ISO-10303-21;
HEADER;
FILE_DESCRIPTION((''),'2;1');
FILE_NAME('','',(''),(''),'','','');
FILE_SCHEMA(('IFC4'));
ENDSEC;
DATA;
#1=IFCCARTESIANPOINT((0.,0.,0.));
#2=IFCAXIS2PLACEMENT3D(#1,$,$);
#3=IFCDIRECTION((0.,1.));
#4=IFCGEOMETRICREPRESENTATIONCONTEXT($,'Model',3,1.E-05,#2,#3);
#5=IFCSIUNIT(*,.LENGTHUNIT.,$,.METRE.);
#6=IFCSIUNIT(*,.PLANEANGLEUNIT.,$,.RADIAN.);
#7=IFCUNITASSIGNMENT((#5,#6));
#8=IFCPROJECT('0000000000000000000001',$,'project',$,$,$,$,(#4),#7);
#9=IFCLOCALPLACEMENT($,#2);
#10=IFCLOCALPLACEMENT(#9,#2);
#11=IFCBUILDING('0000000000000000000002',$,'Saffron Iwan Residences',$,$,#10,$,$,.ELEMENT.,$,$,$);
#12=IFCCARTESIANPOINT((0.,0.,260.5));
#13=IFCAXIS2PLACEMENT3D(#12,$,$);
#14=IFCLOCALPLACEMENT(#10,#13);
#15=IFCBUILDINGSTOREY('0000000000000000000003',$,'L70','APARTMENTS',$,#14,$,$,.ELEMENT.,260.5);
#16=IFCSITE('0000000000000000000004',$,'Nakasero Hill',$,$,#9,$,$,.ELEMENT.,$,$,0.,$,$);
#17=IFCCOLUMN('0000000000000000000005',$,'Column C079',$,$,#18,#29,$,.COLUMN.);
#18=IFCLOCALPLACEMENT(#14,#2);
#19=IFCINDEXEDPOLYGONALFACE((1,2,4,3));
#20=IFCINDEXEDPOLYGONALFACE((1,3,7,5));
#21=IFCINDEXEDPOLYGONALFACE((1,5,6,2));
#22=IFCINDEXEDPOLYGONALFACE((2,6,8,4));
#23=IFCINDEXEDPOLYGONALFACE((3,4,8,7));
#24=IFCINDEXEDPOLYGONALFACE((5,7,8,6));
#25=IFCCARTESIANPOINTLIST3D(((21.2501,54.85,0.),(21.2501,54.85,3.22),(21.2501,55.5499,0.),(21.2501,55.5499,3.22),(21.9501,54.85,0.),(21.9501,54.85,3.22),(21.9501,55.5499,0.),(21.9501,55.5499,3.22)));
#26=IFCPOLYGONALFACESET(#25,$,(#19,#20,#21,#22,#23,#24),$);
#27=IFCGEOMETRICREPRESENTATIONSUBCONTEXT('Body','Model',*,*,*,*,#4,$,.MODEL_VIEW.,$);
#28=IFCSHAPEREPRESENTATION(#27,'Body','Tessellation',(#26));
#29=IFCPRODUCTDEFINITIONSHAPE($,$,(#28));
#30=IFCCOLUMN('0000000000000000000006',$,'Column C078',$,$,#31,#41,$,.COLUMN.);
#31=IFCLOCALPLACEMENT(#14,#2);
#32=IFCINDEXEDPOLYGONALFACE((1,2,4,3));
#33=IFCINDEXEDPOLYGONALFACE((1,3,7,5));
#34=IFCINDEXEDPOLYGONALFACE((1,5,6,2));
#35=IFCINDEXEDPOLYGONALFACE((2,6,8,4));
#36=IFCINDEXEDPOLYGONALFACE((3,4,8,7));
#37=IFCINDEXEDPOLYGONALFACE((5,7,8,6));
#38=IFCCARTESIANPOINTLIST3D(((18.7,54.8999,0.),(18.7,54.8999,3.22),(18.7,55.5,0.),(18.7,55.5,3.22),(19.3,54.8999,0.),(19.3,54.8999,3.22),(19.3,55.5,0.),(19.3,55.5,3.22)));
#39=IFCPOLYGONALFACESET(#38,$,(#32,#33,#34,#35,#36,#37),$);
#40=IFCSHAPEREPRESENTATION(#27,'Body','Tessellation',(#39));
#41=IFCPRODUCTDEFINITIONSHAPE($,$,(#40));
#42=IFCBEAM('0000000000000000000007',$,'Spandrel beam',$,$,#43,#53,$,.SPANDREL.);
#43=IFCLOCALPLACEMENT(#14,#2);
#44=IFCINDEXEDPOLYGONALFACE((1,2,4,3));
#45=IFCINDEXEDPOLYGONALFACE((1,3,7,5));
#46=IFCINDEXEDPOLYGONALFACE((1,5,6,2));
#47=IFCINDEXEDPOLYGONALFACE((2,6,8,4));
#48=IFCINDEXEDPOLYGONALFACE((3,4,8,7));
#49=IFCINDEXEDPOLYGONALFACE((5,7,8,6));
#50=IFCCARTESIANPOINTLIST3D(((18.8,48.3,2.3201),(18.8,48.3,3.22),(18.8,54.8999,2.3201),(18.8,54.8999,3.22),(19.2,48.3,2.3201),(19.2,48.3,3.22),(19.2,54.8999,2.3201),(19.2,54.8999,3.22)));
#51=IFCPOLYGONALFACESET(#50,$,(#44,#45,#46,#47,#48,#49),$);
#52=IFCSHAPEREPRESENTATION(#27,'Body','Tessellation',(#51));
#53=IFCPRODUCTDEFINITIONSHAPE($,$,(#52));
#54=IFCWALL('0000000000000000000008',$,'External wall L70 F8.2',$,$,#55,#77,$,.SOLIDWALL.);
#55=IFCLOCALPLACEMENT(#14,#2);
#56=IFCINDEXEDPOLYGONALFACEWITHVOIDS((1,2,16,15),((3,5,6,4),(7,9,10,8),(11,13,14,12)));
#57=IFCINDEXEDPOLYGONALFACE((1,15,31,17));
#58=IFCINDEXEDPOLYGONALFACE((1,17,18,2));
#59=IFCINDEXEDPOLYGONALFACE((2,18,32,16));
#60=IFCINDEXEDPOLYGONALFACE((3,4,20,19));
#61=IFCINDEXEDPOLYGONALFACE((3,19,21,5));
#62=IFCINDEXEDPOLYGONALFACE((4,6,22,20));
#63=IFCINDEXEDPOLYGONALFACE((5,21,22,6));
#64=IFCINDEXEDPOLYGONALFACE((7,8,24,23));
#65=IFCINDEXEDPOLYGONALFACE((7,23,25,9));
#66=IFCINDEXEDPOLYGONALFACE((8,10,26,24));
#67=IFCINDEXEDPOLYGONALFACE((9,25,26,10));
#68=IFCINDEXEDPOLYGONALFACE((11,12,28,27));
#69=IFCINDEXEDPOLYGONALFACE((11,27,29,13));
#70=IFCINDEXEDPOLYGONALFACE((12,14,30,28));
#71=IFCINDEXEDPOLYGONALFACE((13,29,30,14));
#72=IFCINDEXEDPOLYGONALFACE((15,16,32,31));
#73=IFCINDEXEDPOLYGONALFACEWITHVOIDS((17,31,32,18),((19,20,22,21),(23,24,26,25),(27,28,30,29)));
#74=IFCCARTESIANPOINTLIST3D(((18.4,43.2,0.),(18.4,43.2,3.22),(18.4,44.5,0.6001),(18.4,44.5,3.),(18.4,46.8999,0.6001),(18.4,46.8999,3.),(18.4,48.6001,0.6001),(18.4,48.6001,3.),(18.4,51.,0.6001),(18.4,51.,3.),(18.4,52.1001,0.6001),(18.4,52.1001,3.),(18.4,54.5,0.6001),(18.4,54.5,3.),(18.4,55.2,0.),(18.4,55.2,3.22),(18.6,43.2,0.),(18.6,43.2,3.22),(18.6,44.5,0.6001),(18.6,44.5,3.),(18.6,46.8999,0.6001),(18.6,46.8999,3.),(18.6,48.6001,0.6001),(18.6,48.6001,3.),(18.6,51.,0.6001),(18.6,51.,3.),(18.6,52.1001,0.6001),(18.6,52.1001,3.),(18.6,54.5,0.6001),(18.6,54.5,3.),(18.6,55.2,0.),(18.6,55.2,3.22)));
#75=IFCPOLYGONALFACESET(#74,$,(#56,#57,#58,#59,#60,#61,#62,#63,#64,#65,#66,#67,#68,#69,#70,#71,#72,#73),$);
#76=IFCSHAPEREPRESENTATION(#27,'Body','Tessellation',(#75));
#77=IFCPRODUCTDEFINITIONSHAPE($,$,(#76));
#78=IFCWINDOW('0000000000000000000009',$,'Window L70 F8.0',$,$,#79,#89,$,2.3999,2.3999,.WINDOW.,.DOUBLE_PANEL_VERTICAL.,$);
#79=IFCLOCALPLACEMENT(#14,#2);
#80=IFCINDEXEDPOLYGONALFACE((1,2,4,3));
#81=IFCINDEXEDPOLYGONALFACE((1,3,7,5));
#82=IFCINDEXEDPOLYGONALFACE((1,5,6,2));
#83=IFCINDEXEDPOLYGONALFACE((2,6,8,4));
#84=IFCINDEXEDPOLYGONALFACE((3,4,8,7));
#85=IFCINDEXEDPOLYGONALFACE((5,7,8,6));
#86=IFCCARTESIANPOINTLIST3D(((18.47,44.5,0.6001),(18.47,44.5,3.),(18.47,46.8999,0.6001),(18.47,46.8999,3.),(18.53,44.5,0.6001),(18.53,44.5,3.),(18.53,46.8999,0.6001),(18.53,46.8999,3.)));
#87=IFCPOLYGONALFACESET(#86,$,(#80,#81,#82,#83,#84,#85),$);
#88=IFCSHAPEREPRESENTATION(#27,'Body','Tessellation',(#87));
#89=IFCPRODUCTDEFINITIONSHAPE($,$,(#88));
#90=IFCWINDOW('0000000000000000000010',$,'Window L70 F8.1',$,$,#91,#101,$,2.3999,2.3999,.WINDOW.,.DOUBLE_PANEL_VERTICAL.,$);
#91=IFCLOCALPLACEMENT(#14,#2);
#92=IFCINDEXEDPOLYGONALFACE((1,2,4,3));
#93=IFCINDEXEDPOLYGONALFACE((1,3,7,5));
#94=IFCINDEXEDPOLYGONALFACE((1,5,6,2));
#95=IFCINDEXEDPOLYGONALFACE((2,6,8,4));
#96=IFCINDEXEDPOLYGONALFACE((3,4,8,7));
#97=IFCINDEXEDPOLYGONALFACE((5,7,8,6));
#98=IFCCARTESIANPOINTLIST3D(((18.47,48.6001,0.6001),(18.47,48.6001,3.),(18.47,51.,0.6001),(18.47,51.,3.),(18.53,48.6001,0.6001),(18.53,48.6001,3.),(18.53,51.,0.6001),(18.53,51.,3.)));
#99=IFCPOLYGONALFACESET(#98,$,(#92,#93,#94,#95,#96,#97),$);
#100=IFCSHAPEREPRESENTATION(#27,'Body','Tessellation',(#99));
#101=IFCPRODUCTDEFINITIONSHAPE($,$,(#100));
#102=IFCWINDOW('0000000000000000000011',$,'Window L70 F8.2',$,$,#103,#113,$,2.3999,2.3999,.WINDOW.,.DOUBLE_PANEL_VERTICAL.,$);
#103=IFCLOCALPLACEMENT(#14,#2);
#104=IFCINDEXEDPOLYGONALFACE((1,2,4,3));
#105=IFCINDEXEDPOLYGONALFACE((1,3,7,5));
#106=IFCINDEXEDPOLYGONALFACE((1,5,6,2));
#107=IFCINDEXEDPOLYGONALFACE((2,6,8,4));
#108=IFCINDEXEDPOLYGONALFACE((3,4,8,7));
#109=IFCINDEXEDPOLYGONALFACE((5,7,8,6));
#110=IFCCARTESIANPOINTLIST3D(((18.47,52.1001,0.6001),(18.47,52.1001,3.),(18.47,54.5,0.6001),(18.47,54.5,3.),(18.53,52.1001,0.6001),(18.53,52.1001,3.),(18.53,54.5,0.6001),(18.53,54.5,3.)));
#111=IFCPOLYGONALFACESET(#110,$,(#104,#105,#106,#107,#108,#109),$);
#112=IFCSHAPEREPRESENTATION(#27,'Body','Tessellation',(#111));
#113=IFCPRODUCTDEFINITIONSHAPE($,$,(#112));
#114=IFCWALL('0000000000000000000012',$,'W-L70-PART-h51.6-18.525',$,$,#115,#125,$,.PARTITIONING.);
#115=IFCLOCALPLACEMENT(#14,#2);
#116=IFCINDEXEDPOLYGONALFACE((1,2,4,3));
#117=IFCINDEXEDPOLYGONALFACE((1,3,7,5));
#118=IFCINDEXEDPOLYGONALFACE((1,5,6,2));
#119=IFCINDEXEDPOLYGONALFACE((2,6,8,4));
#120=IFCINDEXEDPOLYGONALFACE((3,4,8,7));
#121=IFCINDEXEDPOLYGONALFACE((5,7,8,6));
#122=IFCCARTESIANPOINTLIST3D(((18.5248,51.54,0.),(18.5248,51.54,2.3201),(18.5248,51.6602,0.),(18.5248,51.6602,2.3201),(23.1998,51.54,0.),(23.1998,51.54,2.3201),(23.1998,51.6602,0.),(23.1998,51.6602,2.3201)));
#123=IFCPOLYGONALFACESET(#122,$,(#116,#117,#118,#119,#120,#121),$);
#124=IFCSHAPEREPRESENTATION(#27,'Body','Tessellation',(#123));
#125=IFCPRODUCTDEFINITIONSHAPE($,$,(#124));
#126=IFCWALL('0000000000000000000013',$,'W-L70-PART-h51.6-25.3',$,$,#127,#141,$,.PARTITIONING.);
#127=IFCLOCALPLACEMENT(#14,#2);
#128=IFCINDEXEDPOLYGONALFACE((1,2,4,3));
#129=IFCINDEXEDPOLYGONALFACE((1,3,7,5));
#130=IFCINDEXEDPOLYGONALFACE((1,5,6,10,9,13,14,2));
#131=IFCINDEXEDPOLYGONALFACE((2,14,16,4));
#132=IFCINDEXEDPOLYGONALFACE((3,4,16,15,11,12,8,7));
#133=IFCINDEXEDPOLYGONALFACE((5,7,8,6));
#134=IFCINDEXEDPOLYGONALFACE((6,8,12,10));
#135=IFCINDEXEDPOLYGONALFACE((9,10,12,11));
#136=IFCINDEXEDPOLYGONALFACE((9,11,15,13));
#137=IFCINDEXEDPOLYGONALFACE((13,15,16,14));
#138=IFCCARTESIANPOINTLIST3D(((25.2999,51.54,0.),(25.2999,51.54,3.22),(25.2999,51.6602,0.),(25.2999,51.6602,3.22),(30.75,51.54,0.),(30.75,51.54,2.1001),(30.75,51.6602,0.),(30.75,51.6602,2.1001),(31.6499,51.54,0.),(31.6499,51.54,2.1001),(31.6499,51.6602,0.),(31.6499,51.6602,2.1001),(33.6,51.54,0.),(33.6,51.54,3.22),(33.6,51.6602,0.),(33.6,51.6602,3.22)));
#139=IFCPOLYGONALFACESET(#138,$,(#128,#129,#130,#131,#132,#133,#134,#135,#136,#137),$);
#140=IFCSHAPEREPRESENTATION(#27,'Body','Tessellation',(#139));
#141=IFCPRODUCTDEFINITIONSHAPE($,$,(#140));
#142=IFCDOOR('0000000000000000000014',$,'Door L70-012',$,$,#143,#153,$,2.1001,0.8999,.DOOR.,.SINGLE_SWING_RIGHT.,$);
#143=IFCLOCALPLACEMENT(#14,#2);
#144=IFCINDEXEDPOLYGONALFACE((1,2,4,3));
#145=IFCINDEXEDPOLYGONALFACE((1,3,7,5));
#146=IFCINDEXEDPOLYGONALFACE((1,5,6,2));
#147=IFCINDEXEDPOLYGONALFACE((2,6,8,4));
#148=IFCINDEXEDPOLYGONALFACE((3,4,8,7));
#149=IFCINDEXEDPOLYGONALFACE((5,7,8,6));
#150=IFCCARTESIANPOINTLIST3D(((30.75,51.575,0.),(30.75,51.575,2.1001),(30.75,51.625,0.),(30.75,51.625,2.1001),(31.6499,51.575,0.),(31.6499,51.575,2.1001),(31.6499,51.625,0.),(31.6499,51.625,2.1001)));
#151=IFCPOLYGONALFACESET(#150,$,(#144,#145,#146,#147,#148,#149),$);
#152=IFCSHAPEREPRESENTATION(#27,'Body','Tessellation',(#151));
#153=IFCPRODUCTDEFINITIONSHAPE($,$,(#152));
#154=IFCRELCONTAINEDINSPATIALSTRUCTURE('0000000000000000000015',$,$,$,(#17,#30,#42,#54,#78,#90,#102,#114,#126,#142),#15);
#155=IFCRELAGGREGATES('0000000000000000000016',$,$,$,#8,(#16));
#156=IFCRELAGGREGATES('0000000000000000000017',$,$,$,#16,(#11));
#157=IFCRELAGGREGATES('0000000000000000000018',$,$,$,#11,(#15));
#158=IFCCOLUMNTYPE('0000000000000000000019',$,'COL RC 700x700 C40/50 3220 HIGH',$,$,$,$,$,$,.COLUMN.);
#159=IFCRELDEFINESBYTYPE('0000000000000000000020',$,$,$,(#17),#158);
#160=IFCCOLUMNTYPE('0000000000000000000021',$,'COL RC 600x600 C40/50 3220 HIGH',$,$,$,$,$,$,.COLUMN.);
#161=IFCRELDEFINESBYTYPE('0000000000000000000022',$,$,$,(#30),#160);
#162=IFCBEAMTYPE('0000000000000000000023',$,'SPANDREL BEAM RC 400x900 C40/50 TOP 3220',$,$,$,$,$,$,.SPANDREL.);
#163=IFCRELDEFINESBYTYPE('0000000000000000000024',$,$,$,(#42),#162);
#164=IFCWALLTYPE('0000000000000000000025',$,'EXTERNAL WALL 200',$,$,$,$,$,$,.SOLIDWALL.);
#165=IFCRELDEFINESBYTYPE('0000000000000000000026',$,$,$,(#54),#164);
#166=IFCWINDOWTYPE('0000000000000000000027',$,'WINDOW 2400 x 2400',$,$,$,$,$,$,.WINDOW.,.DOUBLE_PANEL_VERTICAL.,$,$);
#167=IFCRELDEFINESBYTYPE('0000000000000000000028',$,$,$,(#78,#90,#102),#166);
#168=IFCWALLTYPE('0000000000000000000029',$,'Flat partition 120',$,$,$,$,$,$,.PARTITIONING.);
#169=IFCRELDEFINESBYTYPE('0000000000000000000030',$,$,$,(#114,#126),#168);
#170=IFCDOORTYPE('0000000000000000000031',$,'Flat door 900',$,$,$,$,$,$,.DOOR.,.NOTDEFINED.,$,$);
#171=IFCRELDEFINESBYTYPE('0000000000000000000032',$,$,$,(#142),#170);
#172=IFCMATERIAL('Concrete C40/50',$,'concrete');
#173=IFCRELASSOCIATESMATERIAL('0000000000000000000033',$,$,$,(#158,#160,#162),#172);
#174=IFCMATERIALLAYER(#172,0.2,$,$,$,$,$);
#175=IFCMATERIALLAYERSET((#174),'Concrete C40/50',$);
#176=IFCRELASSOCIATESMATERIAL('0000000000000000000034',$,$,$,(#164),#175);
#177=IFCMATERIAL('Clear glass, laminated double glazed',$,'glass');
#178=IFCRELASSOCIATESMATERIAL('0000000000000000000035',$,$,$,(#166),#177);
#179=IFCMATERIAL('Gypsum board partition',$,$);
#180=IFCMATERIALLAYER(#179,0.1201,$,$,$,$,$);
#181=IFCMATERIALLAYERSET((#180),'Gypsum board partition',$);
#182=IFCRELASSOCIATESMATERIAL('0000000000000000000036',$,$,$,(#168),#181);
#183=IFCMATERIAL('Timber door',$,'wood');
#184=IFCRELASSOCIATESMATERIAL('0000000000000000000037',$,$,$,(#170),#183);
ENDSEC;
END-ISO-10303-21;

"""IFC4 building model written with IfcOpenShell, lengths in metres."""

from ifc_helpers import new_model, si_unit, direction, frame, frame_2d, origin, origin_2d, place, context, subcontext, project, spatial, rectangle, extrude, source, transform, mapped, material, layer, layer_set, material_profile, profile_set, type_object, element, fill, save


model = new_model("IFC4")

# Units and contexts
model_context = context("Model", 3, precision=1e-05, world=origin(), true_north=direction((0.0, 1.0)))
body_context = subcontext(model_context, "Body", "Model", "MODEL_VIEW")
ifc_project = project(units=[si_unit("LENGTHUNIT", "METRE"), si_unit("PLANEANGLEUNIT", "RADIAN")], contexts=[model_context])

# Site, building, storey
site_placement = place(None, origin())
site = spatial("IfcSite", under=ifc_project, at=site_placement, Name="Nakasero Hill", CompositionType="ELEMENT", RefElevation=0.0)
building_placement = place(site_placement, origin())
building = spatial("IfcBuilding", under=site, at=building_placement, Name="Saffron Iwan Residences", CompositionType="ELEMENT")
storey_placement = place(building_placement, frame((0.0, 0.0, 260.5)))
storey = spatial("IfcBuildingStorey", under=building, at=storey_placement, Name="L70", Description="APARTMENTS", CompositionType="ELEMENT", Elevation=260.5)

# Columns
ifc_material_1 = material(Name="Concrete C40/50", Category="concrete")
ifc_material_profile_1 = material_profile(ifc_material_1, rectangle(XDim=0.7, YDim=0.7, at=origin_2d()), Name="RC 700x700")
ifc_profile_set_1 = profile_set([ifc_material_profile_1], Name="Concrete C40/50")
column_type_1 = type_object("IfcColumnType", Name="COL RC 700x700 C40/50 3220 HIGH", PredefinedType="COLUMN", material=ifc_profile_set_1)
shared_shape_1 = source(origin(), body_context, "Body", "SweptSolid", [
    extrude(rectangle(XDim=0.7, YDim=0.7, at=origin_2d()), origin(), (0.0, 0.0, 1.0), 3.22),
])
column_1_placement = place(storey_placement, frame((21.6001, 55.2, 0.0), z_axis=(0.0, 0.0, 1.0), x_axis=(1.0, 0.0, 0.0)))
element("IfcColumn", 1, at=column_1_placement, inside=storey, type_object=column_type_1, Name="Column C079", PredefinedType="COLUMN", context=body_context, shape_type="MappedRepresentation", body=[
    mapped(shared_shape_1, transform((0.0, 0.0, 0.0))),
])
ifc_material_profile_2 = material_profile(ifc_material_1, rectangle(XDim=0.6001, YDim=0.6001, at=origin_2d()), Name="RC 600x600")
ifc_profile_set_2 = profile_set([ifc_material_profile_2], Name="Concrete C40/50")
column_type_2 = type_object("IfcColumnType", Name="COL RC 600x600 C40/50 3220 HIGH", PredefinedType="COLUMN", material=ifc_profile_set_2)
shared_shape_2 = source(origin(), body_context, "Body", "SweptSolid", [
    extrude(rectangle(XDim=0.6001, YDim=0.6001, at=origin_2d()), origin(), (0.0, 0.0, 1.0), 3.22),
])
column_2_placement = place(storey_placement, frame((19.0, 55.2, 0.0), z_axis=(0.0, 0.0, 1.0), x_axis=(1.0, 0.0, 0.0)))
element("IfcColumn", 2, at=column_2_placement, inside=storey, type_object=column_type_2, Name="Column C078", PredefinedType="COLUMN", context=body_context, shape_type="MappedRepresentation", body=[
    mapped(shared_shape_2, transform((0.0, 0.0, 0.0))),
])

# Beam
ifc_material_profile_3 = material_profile(ifc_material_1, rectangle(XDim=0.3999, YDim=0.8999, at=origin_2d()), Name="RC 400x900")
ifc_profile_set_3 = profile_set([ifc_material_profile_3], Name="Concrete C40/50")
beam_type = type_object("IfcBeamType", Name="SPANDREL BEAM RC 400x900 C40/50 TOP 3220", PredefinedType="SPANDREL", material=ifc_profile_set_3)
shared_shape_3 = source(origin(), body_context, "Body", "SweptSolid", [
    extrude(rectangle(XDim=0.3999, YDim=0.8999, at=origin_2d()), origin(), (0.0, 0.0, 1.0), 6.5999),
])
beam_placement = place(storey_placement, frame((19.0, 48.3, 2.77), z_axis=(0.0, 1.0, 0.0), x_axis=(-1.0, 0.0, 0.0)))
element("IfcBeam", 3, at=beam_placement, inside=storey, type_object=beam_type, Name="Spandrel beam", PredefinedType="SPANDREL", context=body_context, shape_type="MappedRepresentation", body=[
    mapped(shared_shape_3, transform((0.0, 0.0, 0.0))),
])

# Wall, openings, windows
ifc_layer_1 = layer(ifc_material_1, 0.2)
ifc_layer_set_1 = layer_set([ifc_layer_1], Name="Concrete C40/50")
wall_type_1 = type_object("IfcWallType", Name="EXTERNAL WALL 200", PredefinedType="SOLIDWALL", material=ifc_layer_set_1)
wall_1_placement = place(storey_placement, frame((18.5, 55.2, 0.0), z_axis=(0.0, 0.0, 1.0), x_axis=(0.0, -1.0, 0.0)))
wall_1 = element("IfcWall", 4, at=wall_1_placement, inside=storey, type_object=wall_type_1, Name="External wall L70 F8.2", PredefinedType="SOLIDWALL", context=body_context, shape_type="SweptSolid", body=[
    extrude(rectangle(XDim=12.0, YDim=0.2, at=frame_2d((6.0, 0.0))), origin(), (0.0, 0.0, 1.0), 3.22),
])
opening_1_placement = place(wall_1_placement, frame((8.3, 0.0, 0.6001)))
opening_1 = element("IfcOpeningElement", 5, at=opening_1_placement, cuts=wall_1, PredefinedType="OPENING", context=body_context, shape_type="SweptSolid", body=[
    extrude(rectangle(XDim=2.3999, YDim=2.3999, at=frame_2d((1.2, 1.2))), frame((0.0, 0.1099, 0.0), z_axis=(0.0, -1.0, 0.0), x_axis=(1.0, 0.0, 0.0)), (0.0, 0.0, 1.0), 0.22),
])
opening_2_placement = place(wall_1_placement, frame((4.2, 0.0, 0.6001)))
opening_2 = element("IfcOpeningElement", 6, at=opening_2_placement, cuts=wall_1, PredefinedType="OPENING", context=body_context, shape_type="SweptSolid", body=[
    extrude(rectangle(XDim=2.3999, YDim=2.3999, at=frame_2d((1.2, 1.2))), frame((0.0, 0.1099, 0.0), z_axis=(0.0, -1.0, 0.0), x_axis=(1.0, 0.0, 0.0)), (0.0, 0.0, 1.0), 0.22),
])
opening_3_placement = place(wall_1_placement, frame((0.7, 0.0, 0.6001)))
opening_3 = element("IfcOpeningElement", 7, at=opening_3_placement, cuts=wall_1, PredefinedType="OPENING", context=body_context, shape_type="SweptSolid", body=[
    extrude(rectangle(XDim=2.3999, YDim=2.3999, at=frame_2d((1.2, 1.2))), frame((0.0, 0.1099, 0.0), z_axis=(0.0, -1.0, 0.0), x_axis=(1.0, 0.0, 0.0)), (0.0, 0.0, 1.0), 0.22),
])
ifc_material_2 = material(Name="Clear glass, laminated double glazed", Category="glass")
window_type = type_object("IfcWindowType", Name="WINDOW 2400 x 2400", PartitioningType="DOUBLE_PANEL_VERTICAL", PredefinedType="WINDOW", material=ifc_material_2)
window_1_placement = place(opening_1_placement, origin())
window_1 = element("IfcWindow", 8, at=window_1_placement, inside=storey, type_object=window_type, Name="Window L70 F8.0", OverallHeight=2.3999, OverallWidth=2.3999, PartitioningType="DOUBLE_PANEL_VERTICAL", PredefinedType="WINDOW", context=body_context, shape_type="SweptSolid", body=[
    extrude(rectangle(XDim=2.3999, YDim=2.3999, at=frame_2d((1.2, 1.2))), frame((0.0, 0.03, 0.0), z_axis=(0.0, -1.0, 0.0), x_axis=(1.0, 0.0, 0.0)), (0.0, 0.0, 1.0), 0.0601),
])
fill(opening_1, window_1)
window_2_placement = place(opening_2_placement, origin())
window_2 = element("IfcWindow", 9, at=window_2_placement, inside=storey, type_object=window_type, Name="Window L70 F8.1", OverallHeight=2.3999, OverallWidth=2.3999, PartitioningType="DOUBLE_PANEL_VERTICAL", PredefinedType="WINDOW", context=body_context, shape_type="SweptSolid", body=[
    extrude(rectangle(XDim=2.3999, YDim=2.3999, at=frame_2d((1.2, 1.2))), frame((0.0, 0.03, 0.0), z_axis=(0.0, -1.0, 0.0), x_axis=(1.0, 0.0, 0.0)), (0.0, 0.0, 1.0), 0.0601),
])
fill(opening_2, window_2)
window_3_placement = place(opening_3_placement, origin())
window_3 = element("IfcWindow", 10, at=window_3_placement, inside=storey, type_object=window_type, Name="Window L70 F8.2", OverallHeight=2.3999, OverallWidth=2.3999, PartitioningType="DOUBLE_PANEL_VERTICAL", PredefinedType="WINDOW", context=body_context, shape_type="SweptSolid", body=[
    extrude(rectangle(XDim=2.3999, YDim=2.3999, at=frame_2d((1.2, 1.2))), frame((0.0, 0.03, 0.0), z_axis=(0.0, -1.0, 0.0), x_axis=(1.0, 0.0, 0.0)), (0.0, 0.0, 1.0), 0.0601),
])
fill(opening_3, window_3)

# Wall
ifc_material_3 = material(Name="Gypsum board partition")
ifc_layer_2 = layer(ifc_material_3, 0.1201)
ifc_layer_set_2 = layer_set([ifc_layer_2], Name="Gypsum board partition")
wall_type_2 = type_object("IfcWallType", Name="Flat partition 120", PredefinedType="PARTITIONING", material=ifc_layer_set_2)
wall_2_placement = place(storey_placement, frame((18.5249, 51.6001, 0.0), z_axis=(0.0, 0.0, 1.0), x_axis=(1.0, 0.0, 0.0)))
element("IfcWall", 11, at=wall_2_placement, inside=storey, type_object=wall_type_2, Name="W-L70-PART-h51.6-18.525", PredefinedType="PARTITIONING", context=body_context, shape_type="SweptSolid", body=[
    extrude(rectangle(XDim=4.675, YDim=0.1201, at=frame_2d((2.3374, 0.0))), origin(), (0.0, 0.0, 1.0), 2.3201),
])

# Wall, opening, door
wall_3_placement = place(storey_placement, frame((25.3, 51.6001, 0.0), z_axis=(0.0, 0.0, 1.0), x_axis=(1.0, 0.0, 0.0)))
wall_3 = element("IfcWall", 12, at=wall_3_placement, inside=storey, type_object=wall_type_2, Name="W-L70-PART-h51.6-25.3", PredefinedType="PARTITIONING", context=body_context, shape_type="SweptSolid", body=[
    extrude(rectangle(XDim=8.3, YDim=0.1201, at=frame_2d((4.1499, 0.0))), origin(), (0.0, 0.0, 1.0), 3.22),
])
opening_4_placement = place(wall_3_placement, frame((5.45, 0.0, 0.0)))
opening_4 = element("IfcOpeningElement", 13, at=opening_4_placement, cuts=wall_3, PredefinedType="OPENING", context=body_context, shape_type="SweptSolid", body=[
    extrude(rectangle(XDim=0.8999, YDim=2.1001, at=frame_2d((0.45, 1.05))), frame((0.0, 0.0701, 0.0), z_axis=(0.0, -1.0, 0.0), x_axis=(1.0, 0.0, 0.0)), (0.0, 0.0, 1.0), 0.1401),
])
ifc_material_4 = material(Name="Timber door", Category="wood")
door_type_1 = type_object("IfcDoorType", Name="Flat door 900", OperationType="NOTDEFINED", PredefinedType="DOOR", material=ifc_material_4)
door_1_placement = place(opening_4_placement, origin())
door_1 = element("IfcDoor", 14, at=door_1_placement, inside=storey, type_object=door_type_1, Name="Door L70-012", OperationType="SINGLE_SWING_RIGHT", OverallHeight=2.1001, OverallWidth=0.8999, PredefinedType="DOOR", context=body_context, shape_type="SweptSolid", body=[
    extrude(rectangle(XDim=0.8999, YDim=2.1001, at=frame_2d((0.45, 1.05))), frame((0.0, 0.0249, 0.0), z_axis=(0.0, -1.0, 0.0), x_axis=(1.0, 0.0, 0.0)), (0.0, 0.0, 1.0), 0.05),
])
fill(opening_4, door_1)

save(model, "model.ifc")
